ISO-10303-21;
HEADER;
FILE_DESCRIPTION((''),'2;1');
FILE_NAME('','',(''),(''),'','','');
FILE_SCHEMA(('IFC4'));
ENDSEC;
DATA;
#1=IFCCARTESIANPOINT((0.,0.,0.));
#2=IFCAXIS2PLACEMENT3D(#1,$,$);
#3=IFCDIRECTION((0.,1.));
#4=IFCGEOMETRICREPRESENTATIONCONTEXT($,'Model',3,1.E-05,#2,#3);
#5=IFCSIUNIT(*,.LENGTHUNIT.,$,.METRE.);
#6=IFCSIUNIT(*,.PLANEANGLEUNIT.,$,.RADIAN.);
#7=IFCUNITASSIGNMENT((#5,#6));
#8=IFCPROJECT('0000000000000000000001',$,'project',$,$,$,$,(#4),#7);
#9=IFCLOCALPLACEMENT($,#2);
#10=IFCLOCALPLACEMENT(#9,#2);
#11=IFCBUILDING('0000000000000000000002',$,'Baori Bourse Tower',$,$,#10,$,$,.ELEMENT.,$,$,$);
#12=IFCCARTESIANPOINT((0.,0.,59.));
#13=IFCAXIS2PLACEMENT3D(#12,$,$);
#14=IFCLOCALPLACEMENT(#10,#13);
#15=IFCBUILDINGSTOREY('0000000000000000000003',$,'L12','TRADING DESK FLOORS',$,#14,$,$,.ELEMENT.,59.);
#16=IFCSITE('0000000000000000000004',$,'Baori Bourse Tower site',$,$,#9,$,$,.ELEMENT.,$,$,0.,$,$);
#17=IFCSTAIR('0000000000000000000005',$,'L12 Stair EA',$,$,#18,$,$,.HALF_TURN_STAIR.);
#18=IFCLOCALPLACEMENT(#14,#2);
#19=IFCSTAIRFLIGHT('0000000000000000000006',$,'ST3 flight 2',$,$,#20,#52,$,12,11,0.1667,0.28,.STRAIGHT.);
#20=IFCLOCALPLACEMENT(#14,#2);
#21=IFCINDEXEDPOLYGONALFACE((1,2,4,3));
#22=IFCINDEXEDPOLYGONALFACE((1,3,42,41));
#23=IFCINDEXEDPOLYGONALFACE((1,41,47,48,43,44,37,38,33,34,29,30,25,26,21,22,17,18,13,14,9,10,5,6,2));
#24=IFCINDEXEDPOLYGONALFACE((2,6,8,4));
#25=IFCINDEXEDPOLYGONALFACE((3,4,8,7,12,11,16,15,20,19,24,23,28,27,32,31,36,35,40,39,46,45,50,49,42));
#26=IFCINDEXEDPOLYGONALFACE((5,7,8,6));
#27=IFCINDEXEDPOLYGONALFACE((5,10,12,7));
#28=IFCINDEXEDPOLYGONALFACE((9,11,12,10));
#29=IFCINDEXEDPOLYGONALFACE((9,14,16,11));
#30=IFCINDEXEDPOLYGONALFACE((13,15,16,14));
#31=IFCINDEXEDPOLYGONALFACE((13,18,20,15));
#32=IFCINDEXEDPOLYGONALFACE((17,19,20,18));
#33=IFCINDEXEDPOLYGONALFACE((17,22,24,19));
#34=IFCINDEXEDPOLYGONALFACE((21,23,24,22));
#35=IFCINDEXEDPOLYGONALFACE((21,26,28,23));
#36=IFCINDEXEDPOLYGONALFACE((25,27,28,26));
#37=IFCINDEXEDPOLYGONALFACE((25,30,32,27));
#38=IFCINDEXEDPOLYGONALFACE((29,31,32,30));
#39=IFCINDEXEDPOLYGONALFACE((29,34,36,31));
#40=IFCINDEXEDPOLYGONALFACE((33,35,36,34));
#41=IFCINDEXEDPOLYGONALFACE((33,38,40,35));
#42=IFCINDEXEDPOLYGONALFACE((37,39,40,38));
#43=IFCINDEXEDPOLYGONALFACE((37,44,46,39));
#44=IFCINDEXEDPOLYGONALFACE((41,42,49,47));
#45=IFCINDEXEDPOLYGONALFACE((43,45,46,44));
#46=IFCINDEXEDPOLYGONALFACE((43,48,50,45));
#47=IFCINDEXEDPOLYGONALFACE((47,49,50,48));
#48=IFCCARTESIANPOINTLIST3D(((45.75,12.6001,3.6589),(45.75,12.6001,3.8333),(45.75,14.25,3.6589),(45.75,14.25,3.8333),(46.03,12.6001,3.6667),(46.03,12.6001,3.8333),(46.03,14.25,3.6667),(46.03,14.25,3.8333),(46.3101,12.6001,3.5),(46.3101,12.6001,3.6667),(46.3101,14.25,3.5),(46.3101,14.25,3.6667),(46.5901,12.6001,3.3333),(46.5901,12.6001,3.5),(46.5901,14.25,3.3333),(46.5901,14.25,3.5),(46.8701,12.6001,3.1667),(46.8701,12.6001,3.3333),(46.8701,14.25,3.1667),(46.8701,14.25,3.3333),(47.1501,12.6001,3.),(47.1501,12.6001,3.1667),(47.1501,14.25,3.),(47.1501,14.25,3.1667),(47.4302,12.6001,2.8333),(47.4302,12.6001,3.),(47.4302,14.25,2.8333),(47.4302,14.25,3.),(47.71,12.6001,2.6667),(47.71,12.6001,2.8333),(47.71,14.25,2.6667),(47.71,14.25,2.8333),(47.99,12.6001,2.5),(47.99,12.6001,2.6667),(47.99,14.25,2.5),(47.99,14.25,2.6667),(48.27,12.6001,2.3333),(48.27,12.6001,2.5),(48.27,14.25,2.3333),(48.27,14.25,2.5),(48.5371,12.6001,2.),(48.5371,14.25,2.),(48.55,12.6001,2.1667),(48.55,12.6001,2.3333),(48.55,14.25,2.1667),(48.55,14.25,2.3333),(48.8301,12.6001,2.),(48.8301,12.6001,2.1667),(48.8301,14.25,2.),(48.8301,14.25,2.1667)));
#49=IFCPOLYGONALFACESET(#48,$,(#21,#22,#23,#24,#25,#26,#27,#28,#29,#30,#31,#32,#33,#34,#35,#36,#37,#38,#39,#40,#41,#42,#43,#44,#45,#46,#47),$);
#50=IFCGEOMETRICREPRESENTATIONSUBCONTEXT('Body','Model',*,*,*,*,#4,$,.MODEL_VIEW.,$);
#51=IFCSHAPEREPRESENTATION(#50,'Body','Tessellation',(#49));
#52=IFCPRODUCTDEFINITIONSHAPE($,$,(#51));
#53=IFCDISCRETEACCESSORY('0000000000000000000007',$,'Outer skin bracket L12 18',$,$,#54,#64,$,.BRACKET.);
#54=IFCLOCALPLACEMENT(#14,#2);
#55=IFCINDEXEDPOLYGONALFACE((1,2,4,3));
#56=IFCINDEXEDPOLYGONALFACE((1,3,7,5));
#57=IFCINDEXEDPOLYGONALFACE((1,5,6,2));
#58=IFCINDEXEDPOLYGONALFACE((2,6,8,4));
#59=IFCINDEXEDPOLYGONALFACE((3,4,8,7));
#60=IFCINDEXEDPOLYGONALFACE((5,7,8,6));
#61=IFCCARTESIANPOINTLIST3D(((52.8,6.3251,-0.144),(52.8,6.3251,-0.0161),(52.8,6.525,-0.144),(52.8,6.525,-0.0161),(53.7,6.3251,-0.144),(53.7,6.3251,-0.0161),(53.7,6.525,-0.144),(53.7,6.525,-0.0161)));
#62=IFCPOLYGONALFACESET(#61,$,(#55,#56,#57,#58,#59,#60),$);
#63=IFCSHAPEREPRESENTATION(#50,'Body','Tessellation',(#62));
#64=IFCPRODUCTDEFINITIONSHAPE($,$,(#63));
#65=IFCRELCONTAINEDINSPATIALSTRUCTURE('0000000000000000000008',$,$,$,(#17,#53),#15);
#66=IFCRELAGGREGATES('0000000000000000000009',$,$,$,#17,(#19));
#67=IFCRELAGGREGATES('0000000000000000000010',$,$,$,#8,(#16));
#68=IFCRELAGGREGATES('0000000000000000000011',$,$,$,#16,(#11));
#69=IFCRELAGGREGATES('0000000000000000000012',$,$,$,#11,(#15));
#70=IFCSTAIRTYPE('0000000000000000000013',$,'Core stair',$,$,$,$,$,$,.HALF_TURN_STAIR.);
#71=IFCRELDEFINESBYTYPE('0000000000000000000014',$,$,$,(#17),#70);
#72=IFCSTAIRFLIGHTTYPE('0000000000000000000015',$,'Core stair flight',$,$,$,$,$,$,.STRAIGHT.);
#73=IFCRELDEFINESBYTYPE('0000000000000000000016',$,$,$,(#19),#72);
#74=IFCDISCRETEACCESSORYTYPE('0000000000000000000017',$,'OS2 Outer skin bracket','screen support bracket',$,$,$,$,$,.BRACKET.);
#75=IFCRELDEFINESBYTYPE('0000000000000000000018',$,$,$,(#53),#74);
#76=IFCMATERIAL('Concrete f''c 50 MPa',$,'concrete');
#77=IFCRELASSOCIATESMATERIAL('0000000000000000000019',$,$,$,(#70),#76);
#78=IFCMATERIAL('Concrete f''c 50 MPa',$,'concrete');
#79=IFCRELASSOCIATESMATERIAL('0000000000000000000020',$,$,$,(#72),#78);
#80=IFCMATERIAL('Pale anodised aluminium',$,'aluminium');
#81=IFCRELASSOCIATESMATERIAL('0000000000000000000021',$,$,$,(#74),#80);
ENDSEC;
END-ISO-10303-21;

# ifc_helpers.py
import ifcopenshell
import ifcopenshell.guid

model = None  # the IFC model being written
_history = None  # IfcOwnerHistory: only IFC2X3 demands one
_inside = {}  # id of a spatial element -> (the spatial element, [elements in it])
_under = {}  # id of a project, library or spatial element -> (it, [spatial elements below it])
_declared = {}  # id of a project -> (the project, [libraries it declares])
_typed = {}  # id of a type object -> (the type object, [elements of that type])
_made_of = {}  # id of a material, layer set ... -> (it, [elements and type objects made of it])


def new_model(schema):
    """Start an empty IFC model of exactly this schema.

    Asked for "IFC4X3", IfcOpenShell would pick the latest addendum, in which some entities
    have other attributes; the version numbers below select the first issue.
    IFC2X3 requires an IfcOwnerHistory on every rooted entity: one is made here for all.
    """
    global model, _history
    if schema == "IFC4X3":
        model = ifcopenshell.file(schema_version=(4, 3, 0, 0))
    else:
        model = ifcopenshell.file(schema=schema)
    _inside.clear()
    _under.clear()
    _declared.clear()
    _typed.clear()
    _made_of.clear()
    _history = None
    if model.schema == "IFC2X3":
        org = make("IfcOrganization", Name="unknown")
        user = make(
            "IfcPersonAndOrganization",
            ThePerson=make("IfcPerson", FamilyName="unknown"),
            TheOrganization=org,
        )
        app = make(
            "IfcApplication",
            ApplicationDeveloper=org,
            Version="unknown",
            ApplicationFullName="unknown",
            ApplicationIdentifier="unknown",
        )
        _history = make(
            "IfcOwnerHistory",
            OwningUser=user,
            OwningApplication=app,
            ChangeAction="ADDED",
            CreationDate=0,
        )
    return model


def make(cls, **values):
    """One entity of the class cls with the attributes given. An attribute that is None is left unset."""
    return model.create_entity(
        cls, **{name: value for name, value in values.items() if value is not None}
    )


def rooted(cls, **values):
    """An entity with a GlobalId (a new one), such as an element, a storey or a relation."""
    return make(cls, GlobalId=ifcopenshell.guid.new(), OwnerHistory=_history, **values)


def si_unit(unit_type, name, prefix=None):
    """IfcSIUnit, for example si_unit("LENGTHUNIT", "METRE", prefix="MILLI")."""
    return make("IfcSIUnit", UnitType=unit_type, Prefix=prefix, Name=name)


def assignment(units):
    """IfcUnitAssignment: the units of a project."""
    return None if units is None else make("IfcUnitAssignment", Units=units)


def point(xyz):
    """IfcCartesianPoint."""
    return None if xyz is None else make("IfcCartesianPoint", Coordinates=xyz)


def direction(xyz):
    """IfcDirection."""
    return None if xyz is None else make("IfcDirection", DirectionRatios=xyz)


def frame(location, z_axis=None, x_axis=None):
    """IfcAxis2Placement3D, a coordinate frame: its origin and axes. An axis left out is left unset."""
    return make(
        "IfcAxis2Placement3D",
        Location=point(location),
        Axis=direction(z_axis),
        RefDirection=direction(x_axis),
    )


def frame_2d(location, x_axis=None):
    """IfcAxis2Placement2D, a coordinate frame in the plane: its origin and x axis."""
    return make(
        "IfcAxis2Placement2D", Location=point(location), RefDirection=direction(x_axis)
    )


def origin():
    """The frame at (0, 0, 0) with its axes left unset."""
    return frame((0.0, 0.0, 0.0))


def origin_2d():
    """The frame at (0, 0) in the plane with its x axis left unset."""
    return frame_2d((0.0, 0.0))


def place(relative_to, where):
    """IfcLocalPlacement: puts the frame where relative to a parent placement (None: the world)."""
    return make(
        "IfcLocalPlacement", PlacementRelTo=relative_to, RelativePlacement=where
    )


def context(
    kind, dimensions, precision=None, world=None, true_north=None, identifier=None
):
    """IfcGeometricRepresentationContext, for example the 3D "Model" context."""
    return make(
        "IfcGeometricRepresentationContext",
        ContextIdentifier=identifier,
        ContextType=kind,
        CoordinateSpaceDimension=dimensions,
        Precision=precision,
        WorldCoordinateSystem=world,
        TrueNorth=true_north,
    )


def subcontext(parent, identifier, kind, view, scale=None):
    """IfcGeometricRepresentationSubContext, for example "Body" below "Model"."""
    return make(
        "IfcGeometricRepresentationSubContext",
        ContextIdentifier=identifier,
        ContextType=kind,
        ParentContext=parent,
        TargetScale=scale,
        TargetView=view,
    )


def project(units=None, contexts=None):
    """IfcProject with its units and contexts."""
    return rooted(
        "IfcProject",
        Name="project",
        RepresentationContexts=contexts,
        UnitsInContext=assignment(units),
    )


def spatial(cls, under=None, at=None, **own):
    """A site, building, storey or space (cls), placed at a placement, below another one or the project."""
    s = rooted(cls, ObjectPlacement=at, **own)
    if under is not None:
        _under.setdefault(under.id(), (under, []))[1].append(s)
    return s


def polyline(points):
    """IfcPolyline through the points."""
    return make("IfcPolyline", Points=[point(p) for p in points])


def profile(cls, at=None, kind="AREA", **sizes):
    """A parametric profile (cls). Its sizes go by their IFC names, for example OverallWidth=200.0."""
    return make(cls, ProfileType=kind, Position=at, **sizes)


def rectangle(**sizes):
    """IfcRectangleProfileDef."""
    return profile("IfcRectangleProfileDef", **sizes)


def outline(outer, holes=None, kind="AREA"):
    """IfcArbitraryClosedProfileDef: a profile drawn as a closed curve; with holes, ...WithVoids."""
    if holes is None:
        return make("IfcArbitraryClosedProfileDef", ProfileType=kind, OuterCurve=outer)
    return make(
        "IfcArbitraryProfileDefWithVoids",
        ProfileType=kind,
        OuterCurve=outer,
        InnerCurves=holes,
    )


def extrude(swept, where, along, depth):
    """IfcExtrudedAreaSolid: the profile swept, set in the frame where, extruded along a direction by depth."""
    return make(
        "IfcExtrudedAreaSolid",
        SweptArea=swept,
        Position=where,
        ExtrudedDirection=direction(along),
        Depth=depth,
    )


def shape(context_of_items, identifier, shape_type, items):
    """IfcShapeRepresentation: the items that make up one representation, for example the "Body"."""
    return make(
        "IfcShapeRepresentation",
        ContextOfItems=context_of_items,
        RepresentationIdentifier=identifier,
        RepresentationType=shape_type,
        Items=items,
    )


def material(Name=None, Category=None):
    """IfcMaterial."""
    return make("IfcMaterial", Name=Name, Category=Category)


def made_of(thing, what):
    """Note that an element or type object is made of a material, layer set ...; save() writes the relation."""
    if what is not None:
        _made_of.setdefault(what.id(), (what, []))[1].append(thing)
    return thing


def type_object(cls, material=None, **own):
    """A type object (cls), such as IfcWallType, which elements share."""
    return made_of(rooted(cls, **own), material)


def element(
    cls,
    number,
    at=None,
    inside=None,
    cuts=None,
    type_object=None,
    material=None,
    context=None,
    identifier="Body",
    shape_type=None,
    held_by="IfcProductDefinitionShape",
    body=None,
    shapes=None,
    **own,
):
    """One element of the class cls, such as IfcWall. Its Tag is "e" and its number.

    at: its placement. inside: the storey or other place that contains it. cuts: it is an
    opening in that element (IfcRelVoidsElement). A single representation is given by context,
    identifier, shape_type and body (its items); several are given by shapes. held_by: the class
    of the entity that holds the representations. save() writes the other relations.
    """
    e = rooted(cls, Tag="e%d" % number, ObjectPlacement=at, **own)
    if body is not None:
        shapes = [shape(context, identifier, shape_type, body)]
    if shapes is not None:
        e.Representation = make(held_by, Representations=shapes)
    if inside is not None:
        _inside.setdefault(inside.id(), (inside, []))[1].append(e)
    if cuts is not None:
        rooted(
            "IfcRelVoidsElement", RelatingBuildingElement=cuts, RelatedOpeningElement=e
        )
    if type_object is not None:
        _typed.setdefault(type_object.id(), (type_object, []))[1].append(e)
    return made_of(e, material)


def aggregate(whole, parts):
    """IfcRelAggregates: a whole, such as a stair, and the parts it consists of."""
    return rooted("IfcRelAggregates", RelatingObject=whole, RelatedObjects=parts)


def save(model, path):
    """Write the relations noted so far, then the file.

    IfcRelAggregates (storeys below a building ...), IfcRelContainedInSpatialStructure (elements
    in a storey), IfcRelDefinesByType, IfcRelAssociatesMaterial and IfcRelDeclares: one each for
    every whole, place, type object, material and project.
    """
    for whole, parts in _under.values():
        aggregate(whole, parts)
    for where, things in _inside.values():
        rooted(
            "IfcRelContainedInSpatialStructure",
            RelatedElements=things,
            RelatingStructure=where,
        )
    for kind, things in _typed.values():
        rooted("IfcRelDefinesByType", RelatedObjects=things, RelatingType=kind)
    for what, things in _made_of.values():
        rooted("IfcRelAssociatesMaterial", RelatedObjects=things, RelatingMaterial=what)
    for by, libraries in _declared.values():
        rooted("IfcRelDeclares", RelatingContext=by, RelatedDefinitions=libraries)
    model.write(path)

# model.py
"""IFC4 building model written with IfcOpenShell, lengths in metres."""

from ifc_helpers import new_model, si_unit, direction, frame, origin, origin_2d, place, context, subcontext, project, spatial, polyline, rectangle, outline, extrude, material, type_object, element, aggregate, save


model = new_model("IFC4")

# Units and contexts
model_context = context("Model", 3, precision=1e-05, world=origin(), true_north=direction((0.0, 1.0)))
body_context = subcontext(model_context, "Body", "Model", "MODEL_VIEW")
ifc_project = project(units=[si_unit("LENGTHUNIT", "METRE"), si_unit("PLANEANGLEUNIT", "RADIAN")], contexts=[model_context])

# Site, building, storey
site_placement = place(None, origin())
site = spatial("IfcSite", under=ifc_project, at=site_placement, Name="Baori Bourse Tower site", CompositionType="ELEMENT", RefElevation=0.0)
building_placement = place(site_placement, origin())
building = spatial("IfcBuilding", under=site, at=building_placement, Name="Baori Bourse Tower", CompositionType="ELEMENT")
storey_placement = place(building_placement, frame((0.0, 0.0, 59.0)))
storey = spatial("IfcBuildingStorey", under=building, at=storey_placement, Name="L12", Description="TRADING DESK FLOORS", CompositionType="ELEMENT", Elevation=59.0)

# Stair, stair flight
ifc_material_1 = material(Name="Concrete f'c 50 MPa", Category="concrete")
stair_type = type_object("IfcStairType", Name="Core stair", PredefinedType="HALF_TURN_STAIR", material=ifc_material_1)
stair_placement = place(storey_placement, origin())
stair = element("IfcStair", 1, at=stair_placement, inside=storey, type_object=stair_type, Name="L12 Stair EA", PredefinedType="HALF_TURN_STAIR")
ifc_material_2 = material(Name="Concrete f'c 50 MPa", Category="concrete")
stair_flight_type = type_object("IfcStairFlightType", Name="Core stair flight", PredefinedType="STRAIGHT", material=ifc_material_2)
stair_flight_placement = place(storey_placement, frame((48.8301, 13.425, 2.0), z_axis=(0.0, 0.0, 1.0), x_axis=(-1.0, 0.0, 0.0)))
stair_flight = element("IfcStairFlight", 2, at=stair_flight_placement, type_object=stair_flight_type, Name="ST3 flight 2", NumberOfRisers=12, NumberOfTreads=11, PredefinedType="STRAIGHT", RiserHeight=0.1667, TreadLength=0.28, context=body_context, shape_type="SweptSolid", body=[
    extrude(outline(polyline([(0.0, 0.0), (0.0, 0.1667), (0.28, 0.1667), (0.28, 0.3333), (0.5601, 0.3333), (0.5601, 0.5), (0.8401, 0.5), (0.8401, 0.6667), (1.1201, 0.6667), (1.1201, 0.8333), (1.3999, 0.8333), (1.3999, 1.0), (1.6799, 1.0), (1.6799, 1.1667), (1.96, 1.1667), (1.96, 1.3333), (2.24, 1.3333), (2.24, 1.5), (2.52, 1.5), (2.52, 1.6667), (2.8, 1.6667), (2.8, 1.8333), (3.0801, 1.8333), (3.0801, 2.0), (3.0801, 1.6589), (0.293, 0.0), (0.0, 0.0)])), frame((0.0, 0.825, 0.0), z_axis=(0.0, -1.0, 0.0), x_axis=(1.0, 0.0, 0.0)), (0.0, 0.0, 1.0), 1.6499),
])
aggregate(stair, [stair_flight])

# Discrete accessory
ifc_material_3 = material(Name="Pale anodised aluminium", Category="aluminium")
discrete_accessory_type = type_object("IfcDiscreteAccessoryType", Name="OS2 Outer skin bracket", Description="screen support bracket", PredefinedType="BRACKET", material=ifc_material_3)
discrete_accessory_placement = place(storey_placement, frame((53.25, 6.425, -0.144), z_axis=(0.0, 0.0, 1.0), x_axis=(0.0, 1.0, 0.0)))
element("IfcDiscreteAccessory", 3, at=discrete_accessory_placement, inside=storey, type_object=discrete_accessory_type, Name="Outer skin bracket L12 18", PredefinedType="BRACKET", context=body_context, shape_type="SweptSolid", body=[
    extrude(rectangle(XDim=0.2, YDim=0.8999, at=origin_2d()), origin(), (0.0, 0.0, 1.0), 0.1279),
])

save(model, "model.ifc")
